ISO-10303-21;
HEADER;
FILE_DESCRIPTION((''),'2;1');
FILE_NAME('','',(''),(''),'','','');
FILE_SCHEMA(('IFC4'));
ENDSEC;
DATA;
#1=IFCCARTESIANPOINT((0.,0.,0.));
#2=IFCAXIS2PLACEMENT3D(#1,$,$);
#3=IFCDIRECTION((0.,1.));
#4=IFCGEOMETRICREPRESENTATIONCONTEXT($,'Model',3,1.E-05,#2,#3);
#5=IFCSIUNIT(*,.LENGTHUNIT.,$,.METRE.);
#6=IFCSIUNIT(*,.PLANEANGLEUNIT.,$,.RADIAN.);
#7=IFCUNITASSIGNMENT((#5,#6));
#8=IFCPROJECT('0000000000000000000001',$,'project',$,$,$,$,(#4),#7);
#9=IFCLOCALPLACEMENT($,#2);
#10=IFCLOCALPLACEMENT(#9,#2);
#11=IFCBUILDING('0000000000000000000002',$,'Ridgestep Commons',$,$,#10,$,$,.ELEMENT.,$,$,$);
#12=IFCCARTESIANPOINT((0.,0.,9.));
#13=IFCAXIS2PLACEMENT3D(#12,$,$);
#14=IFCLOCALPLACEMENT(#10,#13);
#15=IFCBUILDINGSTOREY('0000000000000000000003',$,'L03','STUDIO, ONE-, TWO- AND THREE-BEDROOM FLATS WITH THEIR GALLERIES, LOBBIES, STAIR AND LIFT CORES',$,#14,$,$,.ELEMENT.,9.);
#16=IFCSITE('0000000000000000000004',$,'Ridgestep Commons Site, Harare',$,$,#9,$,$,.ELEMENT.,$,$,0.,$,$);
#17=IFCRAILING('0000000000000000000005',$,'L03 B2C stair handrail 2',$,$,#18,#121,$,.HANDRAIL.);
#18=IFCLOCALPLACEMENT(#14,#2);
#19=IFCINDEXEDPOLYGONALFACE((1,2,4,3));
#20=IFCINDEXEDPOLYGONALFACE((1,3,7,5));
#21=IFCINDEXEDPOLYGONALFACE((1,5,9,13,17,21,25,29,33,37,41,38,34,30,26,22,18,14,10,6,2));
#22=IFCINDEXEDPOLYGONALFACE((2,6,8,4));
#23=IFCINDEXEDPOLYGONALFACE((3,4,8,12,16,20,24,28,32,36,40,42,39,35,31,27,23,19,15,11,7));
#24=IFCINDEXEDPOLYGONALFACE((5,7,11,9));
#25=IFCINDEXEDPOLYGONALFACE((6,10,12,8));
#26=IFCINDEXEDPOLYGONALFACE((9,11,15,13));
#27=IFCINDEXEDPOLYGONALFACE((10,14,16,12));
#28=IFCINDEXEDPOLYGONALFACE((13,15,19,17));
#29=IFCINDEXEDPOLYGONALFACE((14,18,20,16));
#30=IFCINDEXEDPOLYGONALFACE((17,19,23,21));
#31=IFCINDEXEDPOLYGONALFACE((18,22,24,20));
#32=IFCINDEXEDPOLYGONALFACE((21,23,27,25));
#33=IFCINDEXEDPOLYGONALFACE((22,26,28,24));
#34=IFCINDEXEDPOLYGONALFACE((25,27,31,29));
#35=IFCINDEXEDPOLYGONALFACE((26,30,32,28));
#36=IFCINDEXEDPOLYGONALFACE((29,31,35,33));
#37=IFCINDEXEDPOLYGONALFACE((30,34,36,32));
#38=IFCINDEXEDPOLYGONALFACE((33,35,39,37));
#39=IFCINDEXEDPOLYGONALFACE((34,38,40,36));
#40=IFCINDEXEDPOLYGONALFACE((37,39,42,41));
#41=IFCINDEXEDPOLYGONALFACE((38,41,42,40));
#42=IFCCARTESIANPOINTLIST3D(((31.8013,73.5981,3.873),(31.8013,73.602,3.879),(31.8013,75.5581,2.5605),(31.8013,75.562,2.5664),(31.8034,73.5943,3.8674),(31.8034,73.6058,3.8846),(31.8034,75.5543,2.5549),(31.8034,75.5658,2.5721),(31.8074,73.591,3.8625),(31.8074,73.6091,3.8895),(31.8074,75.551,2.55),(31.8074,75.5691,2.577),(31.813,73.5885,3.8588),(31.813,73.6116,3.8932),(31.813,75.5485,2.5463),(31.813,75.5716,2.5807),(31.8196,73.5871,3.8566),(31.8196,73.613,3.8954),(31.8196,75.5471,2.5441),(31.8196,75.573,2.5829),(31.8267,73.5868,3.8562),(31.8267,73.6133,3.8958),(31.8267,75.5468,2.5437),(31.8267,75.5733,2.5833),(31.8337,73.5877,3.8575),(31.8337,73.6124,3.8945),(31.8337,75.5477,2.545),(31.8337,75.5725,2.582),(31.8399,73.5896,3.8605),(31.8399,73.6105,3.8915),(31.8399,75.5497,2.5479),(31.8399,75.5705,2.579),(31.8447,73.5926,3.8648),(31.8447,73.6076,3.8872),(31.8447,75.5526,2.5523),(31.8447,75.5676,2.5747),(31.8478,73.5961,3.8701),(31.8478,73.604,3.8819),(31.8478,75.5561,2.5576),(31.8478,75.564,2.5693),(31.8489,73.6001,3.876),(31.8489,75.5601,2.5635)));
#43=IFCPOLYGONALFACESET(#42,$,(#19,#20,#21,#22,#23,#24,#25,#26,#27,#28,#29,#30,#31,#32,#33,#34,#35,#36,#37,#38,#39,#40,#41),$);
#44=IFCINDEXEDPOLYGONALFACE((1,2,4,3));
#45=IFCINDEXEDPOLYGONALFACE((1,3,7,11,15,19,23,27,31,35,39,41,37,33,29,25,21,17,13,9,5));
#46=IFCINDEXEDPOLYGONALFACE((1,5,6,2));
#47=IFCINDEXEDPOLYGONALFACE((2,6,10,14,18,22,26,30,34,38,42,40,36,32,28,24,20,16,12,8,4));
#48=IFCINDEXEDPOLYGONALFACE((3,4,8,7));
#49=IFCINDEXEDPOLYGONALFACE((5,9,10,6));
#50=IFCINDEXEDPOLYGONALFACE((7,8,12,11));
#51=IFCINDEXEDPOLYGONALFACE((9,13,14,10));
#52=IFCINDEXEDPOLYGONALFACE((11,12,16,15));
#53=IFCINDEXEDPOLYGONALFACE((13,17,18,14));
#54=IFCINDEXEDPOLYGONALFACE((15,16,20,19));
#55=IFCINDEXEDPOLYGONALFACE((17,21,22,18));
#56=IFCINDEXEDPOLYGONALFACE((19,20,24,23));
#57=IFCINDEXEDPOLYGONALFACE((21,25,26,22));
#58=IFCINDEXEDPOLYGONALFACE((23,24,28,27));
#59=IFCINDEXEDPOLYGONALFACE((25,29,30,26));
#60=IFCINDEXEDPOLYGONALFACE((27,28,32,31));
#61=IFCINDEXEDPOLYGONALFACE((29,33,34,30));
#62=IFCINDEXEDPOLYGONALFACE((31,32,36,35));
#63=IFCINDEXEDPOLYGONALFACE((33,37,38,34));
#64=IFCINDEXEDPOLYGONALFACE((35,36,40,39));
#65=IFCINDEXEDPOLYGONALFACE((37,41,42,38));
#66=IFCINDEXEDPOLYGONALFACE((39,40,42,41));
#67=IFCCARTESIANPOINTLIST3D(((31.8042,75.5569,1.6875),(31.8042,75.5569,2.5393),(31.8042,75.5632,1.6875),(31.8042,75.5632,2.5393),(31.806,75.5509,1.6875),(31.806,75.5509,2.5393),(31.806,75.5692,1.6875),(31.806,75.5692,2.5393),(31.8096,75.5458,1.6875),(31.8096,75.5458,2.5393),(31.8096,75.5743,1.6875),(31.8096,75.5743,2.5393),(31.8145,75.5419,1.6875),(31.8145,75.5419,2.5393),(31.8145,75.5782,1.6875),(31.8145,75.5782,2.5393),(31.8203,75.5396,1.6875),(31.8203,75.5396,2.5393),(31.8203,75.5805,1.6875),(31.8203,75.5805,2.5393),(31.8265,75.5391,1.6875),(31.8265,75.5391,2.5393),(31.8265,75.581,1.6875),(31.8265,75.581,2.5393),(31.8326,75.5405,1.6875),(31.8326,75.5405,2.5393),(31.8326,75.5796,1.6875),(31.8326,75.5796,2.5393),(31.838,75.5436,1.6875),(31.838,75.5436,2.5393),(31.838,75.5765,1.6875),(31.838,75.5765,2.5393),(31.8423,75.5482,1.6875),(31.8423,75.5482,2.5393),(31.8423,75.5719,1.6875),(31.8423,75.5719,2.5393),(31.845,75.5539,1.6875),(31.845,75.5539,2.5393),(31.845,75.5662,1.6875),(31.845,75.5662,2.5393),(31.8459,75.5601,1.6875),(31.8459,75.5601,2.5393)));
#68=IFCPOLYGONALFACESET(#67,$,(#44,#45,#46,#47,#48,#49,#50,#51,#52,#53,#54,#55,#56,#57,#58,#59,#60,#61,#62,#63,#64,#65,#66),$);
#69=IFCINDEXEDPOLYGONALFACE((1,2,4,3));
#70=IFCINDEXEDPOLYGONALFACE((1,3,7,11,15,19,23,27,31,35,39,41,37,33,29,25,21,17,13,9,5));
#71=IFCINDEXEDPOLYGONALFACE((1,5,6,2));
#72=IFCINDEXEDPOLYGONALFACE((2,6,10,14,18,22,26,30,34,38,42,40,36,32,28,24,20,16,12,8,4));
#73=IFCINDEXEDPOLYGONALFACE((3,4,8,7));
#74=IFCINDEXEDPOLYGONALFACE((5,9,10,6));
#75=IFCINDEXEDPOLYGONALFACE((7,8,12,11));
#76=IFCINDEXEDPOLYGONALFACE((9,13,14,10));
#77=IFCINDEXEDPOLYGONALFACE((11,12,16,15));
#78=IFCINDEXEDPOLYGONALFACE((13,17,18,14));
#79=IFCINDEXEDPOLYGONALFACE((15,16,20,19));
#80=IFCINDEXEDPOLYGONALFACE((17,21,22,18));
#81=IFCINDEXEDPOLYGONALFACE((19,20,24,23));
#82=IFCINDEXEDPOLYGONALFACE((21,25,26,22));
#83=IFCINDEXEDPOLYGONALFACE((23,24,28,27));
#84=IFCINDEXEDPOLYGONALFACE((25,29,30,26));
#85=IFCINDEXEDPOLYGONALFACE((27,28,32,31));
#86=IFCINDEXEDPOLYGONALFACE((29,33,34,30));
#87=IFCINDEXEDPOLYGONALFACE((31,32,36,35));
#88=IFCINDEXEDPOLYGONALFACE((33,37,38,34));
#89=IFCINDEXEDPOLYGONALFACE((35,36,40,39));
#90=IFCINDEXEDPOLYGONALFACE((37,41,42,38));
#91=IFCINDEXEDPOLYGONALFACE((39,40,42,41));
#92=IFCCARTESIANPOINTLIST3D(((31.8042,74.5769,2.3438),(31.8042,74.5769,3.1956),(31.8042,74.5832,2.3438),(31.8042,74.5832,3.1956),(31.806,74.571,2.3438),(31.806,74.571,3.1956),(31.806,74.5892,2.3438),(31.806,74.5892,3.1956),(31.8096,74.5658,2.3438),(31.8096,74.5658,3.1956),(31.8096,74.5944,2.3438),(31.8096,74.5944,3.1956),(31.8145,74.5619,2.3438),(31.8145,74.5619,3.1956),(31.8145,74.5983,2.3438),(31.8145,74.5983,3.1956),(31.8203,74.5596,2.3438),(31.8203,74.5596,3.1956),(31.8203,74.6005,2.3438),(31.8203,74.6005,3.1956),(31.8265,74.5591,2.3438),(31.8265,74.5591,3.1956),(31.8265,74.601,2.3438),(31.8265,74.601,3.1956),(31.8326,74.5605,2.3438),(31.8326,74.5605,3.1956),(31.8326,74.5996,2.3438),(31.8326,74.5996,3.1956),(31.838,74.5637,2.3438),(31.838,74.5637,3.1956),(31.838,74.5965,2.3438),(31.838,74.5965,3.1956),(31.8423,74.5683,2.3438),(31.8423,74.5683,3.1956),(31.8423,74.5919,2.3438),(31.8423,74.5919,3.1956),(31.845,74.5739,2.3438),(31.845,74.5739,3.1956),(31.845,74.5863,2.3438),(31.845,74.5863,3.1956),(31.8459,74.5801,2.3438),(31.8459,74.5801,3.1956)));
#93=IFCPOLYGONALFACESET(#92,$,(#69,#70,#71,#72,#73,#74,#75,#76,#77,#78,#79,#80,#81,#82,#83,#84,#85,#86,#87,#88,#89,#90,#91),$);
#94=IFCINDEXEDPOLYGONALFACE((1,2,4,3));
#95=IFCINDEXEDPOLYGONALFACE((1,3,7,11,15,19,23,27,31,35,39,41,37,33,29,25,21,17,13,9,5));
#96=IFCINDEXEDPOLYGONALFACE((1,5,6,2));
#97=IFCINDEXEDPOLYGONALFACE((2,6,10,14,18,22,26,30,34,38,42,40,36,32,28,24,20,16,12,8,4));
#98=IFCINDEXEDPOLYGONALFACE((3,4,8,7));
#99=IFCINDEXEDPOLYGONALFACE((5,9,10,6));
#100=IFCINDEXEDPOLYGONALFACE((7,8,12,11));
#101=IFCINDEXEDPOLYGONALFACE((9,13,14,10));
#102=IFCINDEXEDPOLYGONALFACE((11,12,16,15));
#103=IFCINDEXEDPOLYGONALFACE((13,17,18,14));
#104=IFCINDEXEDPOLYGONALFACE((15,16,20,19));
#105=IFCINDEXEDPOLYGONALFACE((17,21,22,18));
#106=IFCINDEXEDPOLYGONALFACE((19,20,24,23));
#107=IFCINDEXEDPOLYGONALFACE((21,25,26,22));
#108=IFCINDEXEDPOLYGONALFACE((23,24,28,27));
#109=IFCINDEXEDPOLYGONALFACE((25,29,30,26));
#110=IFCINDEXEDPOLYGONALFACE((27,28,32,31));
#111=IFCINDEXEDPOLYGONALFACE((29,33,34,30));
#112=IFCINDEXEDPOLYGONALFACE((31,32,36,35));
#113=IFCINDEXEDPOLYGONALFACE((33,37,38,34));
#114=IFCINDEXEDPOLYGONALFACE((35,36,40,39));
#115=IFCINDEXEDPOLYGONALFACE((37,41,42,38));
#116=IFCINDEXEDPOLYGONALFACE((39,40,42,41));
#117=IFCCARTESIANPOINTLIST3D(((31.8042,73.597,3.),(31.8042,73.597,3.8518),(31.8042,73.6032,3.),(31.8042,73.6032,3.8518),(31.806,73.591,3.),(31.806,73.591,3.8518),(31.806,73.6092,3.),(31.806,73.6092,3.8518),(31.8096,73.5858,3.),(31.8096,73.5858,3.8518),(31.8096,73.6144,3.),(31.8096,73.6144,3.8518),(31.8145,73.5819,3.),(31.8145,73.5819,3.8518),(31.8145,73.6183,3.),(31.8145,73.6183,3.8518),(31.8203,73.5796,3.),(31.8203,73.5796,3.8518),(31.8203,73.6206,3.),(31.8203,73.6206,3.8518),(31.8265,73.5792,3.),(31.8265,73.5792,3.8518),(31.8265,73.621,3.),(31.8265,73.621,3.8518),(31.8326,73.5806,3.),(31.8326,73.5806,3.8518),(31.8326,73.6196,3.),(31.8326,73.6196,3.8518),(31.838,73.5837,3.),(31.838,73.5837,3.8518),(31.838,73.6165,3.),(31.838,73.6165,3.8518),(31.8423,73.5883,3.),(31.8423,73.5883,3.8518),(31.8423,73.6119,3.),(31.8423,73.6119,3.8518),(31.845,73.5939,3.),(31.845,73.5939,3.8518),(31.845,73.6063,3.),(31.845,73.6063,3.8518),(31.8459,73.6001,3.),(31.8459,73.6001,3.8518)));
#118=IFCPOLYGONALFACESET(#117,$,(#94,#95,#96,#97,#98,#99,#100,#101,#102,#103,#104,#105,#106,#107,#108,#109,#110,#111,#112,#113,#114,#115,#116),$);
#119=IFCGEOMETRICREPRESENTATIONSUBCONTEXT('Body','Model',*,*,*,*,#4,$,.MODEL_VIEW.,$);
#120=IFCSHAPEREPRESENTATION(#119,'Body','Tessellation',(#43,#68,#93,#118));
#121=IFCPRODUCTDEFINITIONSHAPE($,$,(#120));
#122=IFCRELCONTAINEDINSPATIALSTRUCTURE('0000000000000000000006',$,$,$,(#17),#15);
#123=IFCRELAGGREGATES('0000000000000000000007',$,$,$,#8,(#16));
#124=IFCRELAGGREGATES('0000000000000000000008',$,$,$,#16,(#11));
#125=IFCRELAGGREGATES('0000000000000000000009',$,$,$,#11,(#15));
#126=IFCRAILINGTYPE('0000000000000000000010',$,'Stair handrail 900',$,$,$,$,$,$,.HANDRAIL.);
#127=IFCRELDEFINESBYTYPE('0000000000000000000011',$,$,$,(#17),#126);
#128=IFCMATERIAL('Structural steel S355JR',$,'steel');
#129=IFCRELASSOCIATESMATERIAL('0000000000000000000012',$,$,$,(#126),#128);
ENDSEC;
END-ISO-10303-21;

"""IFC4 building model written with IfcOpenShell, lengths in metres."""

from ifc_helpers import new_model, si_unit, direction, frame, origin, origin_2d, place, context, subcontext, project, spatial, circle, extrude, material, type_object, element, save


model = new_model("IFC4")

# Units and contexts
model_context = context("Model", 3, precision=1e-05, world=origin(), true_north=direction((0.0, 1.0)))
body_context = subcontext(model_context, "Body", "Model", "MODEL_VIEW")
ifc_project = project(units=[si_unit("LENGTHUNIT", "METRE"), si_unit("PLANEANGLEUNIT", "RADIAN")], contexts=[model_context])

# Site, building, storey
site_placement = place(None, origin())
site = spatial("IfcSite", under=ifc_project, at=site_placement, Name="Ridgestep Commons Site, Harare", CompositionType="ELEMENT", RefElevation=0.0)
building_placement = place(site_placement, origin())
building = spatial("IfcBuilding", under=site, at=building_placement, Name="Ridgestep Commons", CompositionType="ELEMENT")
storey_placement = place(building_placement, frame((0.0, 0.0, 9.0)))
storey = spatial("IfcBuildingStorey", under=building, at=storey_placement, Name="L03", Description="STUDIO, ONE-, TWO- AND THREE-BEDROOM FLATS WITH THEIR GALLERIES, LOBBIES, STAIR AND LIFT CORES", CompositionType="ELEMENT", Elevation=9.0)

# Railing
ifc_material_1 = material(Name="Structural steel S355JR", Category="steel")
railing_type_1 = type_object("IfcRailingType", Name="Stair handrail 900", PredefinedType="HANDRAIL", material=ifc_material_1)
railing_1_placement = place(storey_placement, frame((31.825, 75.5601, 1.6875)))
element("IfcRailing", 1, at=railing_1_placement, inside=storey, type_object=railing_type_1, Name="L03 B2C stair handrail 2", PredefinedType="HANDRAIL", context=body_context, shape_type="SweptSolid", body=[
    extrude(circle(Radius=0.0239, at=origin_2d()), frame((0.0, 0.0, 0.876), z_axis=(0.0, -0.830902, 0.556419), x_axis=(1.0, 0.0, 0.0)), (0.0, 0.0, 1.0), 2.3589),
    extrude(circle(Radius=0.021, at=origin_2d()), origin(), (0.0, 0.0, 1.0), 0.8518),
    extrude(circle(Radius=0.021, at=origin_2d()), frame((0.0, -0.98, 0.6562)), (0.0, 0.0, 1.0), 0.8518),
    extrude(circle(Radius=0.021, at=origin_2d()), frame((0.0, -1.96, 1.3125)), (0.0, 0.0, 1.0), 0.8518),
])

save(model, "model.ifc")
